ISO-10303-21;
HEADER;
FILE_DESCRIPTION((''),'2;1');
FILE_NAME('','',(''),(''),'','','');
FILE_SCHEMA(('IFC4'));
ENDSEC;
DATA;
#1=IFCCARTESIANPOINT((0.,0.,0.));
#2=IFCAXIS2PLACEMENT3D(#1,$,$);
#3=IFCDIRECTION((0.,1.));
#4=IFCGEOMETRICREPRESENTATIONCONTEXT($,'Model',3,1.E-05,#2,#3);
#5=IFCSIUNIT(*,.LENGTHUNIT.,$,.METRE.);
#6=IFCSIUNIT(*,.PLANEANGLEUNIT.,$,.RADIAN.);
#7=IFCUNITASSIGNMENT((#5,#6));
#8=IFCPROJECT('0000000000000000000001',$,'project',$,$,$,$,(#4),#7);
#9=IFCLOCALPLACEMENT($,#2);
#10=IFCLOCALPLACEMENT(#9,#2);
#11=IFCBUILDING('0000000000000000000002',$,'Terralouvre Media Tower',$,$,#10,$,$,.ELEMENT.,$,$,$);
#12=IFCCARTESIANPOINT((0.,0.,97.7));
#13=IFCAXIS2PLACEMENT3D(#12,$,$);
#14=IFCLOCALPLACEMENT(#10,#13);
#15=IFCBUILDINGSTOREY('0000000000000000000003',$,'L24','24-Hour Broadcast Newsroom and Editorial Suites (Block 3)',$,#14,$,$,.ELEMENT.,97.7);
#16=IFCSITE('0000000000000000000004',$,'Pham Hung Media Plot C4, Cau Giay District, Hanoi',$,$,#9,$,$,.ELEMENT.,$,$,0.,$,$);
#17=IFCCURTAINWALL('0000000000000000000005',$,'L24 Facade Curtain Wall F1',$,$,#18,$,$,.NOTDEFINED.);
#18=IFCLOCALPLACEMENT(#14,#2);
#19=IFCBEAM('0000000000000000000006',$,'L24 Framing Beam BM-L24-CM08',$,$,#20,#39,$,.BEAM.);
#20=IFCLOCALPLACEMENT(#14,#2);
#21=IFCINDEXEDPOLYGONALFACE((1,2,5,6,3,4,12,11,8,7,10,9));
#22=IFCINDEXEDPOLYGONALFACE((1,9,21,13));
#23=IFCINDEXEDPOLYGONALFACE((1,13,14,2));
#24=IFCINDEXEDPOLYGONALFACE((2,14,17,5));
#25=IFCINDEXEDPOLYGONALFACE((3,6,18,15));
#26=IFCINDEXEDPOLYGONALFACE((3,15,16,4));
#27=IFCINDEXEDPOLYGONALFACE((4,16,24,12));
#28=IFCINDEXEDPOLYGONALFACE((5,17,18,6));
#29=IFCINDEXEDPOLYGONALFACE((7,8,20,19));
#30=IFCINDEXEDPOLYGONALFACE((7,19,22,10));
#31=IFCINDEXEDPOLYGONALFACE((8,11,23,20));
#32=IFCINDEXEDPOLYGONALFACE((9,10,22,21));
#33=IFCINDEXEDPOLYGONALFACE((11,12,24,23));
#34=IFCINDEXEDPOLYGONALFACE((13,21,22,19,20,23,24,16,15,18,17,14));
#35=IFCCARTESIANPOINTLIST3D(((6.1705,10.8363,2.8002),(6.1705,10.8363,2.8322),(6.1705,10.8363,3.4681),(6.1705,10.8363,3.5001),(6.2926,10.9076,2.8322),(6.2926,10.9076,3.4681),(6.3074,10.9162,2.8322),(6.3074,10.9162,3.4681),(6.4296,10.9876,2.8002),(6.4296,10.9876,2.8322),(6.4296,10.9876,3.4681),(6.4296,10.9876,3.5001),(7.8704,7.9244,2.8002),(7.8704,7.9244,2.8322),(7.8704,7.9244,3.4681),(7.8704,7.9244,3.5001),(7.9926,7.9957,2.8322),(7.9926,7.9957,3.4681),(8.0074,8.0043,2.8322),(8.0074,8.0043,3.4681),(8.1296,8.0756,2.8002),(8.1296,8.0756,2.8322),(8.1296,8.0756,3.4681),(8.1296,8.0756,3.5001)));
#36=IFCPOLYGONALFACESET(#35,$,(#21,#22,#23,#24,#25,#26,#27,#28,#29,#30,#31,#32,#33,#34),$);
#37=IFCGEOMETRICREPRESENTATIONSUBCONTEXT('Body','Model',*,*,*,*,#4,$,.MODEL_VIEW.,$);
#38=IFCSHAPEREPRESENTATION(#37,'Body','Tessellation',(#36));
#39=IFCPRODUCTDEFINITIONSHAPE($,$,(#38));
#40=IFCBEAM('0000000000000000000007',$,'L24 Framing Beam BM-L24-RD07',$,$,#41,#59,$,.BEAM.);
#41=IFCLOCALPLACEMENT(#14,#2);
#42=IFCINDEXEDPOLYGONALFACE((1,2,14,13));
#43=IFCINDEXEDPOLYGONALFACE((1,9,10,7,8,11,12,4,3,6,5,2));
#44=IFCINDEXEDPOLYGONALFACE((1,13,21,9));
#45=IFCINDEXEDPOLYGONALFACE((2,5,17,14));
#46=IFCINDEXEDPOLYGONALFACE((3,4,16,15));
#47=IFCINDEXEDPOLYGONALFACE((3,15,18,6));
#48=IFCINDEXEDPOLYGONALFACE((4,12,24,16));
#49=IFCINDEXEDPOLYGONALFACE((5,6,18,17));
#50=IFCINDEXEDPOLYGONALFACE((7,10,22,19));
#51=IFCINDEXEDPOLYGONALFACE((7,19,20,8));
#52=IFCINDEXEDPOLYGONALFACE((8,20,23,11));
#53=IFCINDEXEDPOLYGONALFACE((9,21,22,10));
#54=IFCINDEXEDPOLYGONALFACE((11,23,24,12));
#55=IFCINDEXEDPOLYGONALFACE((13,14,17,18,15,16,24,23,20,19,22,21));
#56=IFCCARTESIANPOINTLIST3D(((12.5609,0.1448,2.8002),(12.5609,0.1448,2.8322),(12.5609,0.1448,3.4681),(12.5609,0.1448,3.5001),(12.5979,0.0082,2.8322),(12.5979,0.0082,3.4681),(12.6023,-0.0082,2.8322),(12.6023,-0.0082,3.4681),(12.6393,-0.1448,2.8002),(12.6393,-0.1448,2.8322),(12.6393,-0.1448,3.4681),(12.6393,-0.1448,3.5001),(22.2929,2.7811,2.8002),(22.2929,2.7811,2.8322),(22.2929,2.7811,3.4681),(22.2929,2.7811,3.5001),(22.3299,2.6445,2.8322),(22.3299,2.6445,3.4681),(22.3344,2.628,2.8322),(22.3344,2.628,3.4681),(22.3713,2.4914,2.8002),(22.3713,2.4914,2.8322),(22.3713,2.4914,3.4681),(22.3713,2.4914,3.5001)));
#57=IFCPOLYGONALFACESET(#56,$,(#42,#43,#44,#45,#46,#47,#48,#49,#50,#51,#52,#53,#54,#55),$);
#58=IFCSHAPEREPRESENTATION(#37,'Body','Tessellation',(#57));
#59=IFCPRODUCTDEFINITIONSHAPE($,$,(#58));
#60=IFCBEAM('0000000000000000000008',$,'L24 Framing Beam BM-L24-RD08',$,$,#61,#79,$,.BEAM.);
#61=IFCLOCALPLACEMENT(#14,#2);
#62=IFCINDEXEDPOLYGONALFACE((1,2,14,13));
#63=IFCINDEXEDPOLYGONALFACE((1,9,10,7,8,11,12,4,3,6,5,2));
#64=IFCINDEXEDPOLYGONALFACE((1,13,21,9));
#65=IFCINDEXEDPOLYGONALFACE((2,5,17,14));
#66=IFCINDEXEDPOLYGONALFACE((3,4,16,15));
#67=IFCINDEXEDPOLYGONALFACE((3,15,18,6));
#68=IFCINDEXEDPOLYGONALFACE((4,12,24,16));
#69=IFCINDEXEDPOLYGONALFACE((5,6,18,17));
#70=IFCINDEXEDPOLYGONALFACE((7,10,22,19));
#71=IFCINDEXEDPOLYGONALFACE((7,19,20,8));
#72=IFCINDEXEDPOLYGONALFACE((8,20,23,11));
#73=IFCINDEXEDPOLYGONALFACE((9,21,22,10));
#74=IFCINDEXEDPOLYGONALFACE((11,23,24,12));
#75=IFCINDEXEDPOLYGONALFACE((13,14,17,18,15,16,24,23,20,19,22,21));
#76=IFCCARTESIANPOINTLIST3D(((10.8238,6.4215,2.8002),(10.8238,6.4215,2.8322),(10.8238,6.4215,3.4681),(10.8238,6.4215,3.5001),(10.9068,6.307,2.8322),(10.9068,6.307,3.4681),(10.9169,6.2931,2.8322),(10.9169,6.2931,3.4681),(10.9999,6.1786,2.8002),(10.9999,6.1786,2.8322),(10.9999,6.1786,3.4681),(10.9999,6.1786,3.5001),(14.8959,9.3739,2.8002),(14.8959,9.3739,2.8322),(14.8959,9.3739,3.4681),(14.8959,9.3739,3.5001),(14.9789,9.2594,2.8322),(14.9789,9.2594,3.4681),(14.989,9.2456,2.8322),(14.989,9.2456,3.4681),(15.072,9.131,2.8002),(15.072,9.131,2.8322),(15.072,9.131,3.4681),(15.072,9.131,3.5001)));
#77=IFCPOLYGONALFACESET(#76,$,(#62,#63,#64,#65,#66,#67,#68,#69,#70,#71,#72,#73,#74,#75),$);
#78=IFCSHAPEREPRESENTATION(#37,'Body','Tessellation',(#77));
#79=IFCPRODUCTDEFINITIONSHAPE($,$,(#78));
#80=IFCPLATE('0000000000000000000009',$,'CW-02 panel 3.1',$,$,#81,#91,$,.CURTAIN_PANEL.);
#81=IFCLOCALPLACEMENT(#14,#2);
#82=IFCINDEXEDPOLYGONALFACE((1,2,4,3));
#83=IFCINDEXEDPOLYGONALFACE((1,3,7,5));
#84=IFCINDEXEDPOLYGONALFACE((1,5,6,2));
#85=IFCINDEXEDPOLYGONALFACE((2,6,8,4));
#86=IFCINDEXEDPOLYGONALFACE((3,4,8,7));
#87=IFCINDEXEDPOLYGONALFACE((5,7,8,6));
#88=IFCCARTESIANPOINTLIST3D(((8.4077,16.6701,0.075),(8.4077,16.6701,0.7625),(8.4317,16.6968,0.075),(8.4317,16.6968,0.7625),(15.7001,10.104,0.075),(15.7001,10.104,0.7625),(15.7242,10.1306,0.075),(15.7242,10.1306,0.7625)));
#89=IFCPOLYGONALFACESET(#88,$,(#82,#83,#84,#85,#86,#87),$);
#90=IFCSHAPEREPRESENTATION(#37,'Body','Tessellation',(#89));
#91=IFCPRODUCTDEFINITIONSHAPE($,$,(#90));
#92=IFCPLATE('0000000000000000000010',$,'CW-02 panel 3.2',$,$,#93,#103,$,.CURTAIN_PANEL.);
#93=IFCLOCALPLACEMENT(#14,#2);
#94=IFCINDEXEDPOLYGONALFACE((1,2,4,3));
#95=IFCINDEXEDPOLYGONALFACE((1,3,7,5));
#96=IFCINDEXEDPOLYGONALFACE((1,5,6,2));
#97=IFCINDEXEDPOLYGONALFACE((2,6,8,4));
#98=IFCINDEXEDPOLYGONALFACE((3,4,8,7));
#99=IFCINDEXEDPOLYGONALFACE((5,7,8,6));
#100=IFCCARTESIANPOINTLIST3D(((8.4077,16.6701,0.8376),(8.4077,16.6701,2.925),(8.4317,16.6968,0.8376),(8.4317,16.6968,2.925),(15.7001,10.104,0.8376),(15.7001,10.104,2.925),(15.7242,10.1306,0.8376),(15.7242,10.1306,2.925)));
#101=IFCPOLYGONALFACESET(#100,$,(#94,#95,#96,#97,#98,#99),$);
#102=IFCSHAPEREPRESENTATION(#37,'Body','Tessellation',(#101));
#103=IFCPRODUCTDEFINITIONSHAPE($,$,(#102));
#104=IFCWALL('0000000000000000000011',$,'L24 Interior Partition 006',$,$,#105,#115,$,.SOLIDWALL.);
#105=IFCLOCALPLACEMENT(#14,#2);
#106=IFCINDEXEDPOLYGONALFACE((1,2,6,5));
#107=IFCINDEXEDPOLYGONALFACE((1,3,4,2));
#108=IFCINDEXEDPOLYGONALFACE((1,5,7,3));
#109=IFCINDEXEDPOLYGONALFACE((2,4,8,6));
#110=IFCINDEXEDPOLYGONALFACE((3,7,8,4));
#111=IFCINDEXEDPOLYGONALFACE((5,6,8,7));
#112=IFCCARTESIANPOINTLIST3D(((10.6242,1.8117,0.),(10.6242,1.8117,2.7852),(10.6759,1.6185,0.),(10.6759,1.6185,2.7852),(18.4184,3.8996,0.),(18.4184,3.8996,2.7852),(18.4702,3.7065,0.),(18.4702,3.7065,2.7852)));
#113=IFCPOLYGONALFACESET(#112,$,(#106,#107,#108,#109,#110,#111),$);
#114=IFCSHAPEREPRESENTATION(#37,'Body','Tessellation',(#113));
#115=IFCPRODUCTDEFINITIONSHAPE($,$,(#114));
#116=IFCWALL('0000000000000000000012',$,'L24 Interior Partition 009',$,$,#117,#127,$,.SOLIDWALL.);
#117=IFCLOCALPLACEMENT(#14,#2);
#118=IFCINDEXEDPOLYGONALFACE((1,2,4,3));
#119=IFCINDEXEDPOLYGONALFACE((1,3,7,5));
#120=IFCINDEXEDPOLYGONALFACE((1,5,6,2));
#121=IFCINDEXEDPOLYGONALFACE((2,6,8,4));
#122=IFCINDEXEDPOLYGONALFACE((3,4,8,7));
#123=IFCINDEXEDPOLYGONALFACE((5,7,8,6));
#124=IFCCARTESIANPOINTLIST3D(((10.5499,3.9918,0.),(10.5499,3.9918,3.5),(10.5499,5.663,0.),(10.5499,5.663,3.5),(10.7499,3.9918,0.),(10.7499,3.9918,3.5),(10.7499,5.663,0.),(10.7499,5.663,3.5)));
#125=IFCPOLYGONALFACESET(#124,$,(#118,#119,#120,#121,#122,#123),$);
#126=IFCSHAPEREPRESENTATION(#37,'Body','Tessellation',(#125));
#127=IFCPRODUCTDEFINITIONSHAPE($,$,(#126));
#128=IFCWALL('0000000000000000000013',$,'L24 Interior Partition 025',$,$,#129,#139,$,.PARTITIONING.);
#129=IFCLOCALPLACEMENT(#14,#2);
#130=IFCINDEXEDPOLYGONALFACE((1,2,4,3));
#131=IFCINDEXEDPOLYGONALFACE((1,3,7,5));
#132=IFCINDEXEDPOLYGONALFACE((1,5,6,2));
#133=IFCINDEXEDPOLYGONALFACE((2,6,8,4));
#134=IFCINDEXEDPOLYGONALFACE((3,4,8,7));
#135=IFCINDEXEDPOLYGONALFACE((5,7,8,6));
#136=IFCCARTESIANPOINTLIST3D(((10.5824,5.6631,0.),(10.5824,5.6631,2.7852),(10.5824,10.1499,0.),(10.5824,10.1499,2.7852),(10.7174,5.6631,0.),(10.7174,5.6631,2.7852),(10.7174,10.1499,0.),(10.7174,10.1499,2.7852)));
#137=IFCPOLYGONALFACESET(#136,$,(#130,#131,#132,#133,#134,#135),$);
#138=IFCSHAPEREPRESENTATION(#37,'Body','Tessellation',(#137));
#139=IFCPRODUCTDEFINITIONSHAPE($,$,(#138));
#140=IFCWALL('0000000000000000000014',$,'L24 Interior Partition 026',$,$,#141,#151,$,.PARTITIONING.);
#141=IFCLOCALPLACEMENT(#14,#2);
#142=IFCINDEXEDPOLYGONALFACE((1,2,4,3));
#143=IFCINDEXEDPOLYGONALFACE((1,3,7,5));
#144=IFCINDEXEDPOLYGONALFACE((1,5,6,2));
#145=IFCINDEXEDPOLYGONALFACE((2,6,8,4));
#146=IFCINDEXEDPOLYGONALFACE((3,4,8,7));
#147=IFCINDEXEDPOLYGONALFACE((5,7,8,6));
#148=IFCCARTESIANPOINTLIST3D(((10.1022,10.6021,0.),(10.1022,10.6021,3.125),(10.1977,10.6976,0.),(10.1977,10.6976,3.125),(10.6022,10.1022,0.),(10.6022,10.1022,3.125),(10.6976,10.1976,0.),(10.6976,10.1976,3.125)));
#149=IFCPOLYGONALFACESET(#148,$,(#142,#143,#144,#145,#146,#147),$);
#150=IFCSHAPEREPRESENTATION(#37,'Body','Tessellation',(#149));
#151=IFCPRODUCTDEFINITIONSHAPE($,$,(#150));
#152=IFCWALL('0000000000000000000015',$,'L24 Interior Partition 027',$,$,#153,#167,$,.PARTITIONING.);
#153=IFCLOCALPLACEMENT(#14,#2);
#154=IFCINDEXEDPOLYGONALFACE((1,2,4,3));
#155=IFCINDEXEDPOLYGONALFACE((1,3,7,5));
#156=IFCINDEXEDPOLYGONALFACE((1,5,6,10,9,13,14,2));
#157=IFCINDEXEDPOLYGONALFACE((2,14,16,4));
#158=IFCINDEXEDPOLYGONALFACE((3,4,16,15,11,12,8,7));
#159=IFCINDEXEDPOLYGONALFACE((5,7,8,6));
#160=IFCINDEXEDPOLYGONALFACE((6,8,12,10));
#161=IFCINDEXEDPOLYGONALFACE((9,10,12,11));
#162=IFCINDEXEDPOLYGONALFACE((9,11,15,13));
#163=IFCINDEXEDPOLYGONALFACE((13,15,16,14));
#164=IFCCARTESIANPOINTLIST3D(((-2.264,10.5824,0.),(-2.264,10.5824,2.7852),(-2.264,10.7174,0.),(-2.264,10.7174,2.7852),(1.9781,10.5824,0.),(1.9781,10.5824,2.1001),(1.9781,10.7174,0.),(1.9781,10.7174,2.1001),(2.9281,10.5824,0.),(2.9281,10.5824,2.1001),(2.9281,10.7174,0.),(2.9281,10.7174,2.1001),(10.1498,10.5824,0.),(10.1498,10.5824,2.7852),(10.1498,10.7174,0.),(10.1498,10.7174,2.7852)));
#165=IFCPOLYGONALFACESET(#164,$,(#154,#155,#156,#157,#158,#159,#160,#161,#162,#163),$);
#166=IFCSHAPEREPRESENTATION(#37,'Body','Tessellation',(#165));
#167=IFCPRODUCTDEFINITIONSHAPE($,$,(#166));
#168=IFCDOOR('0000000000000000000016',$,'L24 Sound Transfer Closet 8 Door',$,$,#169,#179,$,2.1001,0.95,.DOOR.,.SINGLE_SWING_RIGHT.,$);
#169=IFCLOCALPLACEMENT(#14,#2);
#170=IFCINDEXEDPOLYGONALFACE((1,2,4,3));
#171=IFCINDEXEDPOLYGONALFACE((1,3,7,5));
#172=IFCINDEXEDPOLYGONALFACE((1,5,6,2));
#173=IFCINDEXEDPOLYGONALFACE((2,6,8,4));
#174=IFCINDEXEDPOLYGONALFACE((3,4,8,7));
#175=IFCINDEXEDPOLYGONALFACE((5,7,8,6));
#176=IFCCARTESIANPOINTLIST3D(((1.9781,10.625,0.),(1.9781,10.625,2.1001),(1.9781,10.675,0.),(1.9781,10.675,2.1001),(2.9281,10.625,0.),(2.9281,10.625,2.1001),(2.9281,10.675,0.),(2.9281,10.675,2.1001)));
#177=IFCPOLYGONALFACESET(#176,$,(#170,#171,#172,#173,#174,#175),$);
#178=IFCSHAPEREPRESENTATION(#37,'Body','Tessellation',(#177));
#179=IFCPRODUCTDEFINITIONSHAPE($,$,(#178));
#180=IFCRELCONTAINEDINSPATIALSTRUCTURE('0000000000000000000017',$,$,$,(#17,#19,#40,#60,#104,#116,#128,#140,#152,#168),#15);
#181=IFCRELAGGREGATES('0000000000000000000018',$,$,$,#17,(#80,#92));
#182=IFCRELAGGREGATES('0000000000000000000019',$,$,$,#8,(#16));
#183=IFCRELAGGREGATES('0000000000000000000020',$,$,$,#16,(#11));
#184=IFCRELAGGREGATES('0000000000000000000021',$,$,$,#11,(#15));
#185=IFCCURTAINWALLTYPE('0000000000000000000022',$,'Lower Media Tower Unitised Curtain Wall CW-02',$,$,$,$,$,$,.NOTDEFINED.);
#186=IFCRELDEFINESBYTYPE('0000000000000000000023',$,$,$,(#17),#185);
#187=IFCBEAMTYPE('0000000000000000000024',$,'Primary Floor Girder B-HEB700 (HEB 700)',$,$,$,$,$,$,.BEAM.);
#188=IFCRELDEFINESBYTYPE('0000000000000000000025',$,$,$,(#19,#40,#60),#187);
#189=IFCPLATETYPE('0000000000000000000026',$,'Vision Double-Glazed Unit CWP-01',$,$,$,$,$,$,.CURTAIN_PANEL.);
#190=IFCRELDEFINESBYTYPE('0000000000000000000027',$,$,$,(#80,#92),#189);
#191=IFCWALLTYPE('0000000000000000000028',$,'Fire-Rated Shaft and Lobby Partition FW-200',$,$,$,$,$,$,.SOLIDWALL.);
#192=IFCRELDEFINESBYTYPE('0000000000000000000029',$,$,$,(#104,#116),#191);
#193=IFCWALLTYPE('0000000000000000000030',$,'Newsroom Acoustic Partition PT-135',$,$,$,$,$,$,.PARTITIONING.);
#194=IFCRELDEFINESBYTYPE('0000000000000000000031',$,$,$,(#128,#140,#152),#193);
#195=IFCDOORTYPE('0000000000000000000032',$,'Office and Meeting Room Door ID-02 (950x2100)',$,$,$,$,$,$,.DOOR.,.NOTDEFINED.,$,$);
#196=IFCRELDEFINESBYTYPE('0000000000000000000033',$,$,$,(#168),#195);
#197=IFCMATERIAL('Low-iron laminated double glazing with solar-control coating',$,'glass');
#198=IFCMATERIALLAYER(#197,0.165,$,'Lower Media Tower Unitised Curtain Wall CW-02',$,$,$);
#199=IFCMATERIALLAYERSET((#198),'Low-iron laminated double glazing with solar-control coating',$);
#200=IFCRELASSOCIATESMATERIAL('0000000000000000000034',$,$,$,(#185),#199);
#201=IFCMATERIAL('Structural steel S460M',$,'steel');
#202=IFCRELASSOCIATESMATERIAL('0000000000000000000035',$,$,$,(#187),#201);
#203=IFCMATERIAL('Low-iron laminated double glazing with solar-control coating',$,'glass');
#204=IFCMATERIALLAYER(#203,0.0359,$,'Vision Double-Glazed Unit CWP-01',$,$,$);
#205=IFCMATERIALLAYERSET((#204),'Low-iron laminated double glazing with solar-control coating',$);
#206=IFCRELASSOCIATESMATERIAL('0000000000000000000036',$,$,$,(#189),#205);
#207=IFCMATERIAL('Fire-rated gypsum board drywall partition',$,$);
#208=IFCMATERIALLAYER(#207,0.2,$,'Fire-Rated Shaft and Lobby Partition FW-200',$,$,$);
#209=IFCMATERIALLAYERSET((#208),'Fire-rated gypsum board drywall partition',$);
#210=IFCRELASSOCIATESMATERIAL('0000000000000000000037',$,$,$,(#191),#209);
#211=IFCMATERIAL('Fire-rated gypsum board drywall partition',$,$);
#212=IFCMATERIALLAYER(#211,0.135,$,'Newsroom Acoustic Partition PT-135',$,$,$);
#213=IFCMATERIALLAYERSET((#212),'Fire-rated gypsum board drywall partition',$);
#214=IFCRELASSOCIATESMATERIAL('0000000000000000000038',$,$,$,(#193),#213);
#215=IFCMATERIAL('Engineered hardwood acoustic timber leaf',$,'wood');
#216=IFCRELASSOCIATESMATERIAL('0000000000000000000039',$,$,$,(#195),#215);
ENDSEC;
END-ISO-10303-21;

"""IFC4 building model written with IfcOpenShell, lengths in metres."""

from ifc_helpers import new_model, si_unit, direction, frame, frame_2d, origin, origin_2d, place, context, subcontext, project, spatial, rectangle, i_section, extrude, material, layer, layer_set, material_profile, profile_set, type_object, element, fill, aggregate, save


model = new_model("IFC4")

# Units and contexts
model_context = context("Model", 3, precision=1e-05, world=origin(), true_north=direction((0.0, 1.0)))
body_context = subcontext(model_context, "Body", "Model", "MODEL_VIEW")
ifc_project = project(units=[si_unit("LENGTHUNIT", "METRE"), si_unit("PLANEANGLEUNIT", "RADIAN")], contexts=[model_context])

# Site, building, storey
site_placement = place(None, origin())
site = spatial("IfcSite", under=ifc_project, at=site_placement, Name="Pham Hung Media Plot C4, Cau Giay District, Hanoi", CompositionType="ELEMENT", RefElevation=0.0)
building_placement = place(site_placement, origin())
building = spatial("IfcBuilding", under=site, at=building_placement, Name="Terralouvre Media Tower", CompositionType="ELEMENT")
storey_placement = place(building_placement, frame((0.0, 0.0, 97.7)))
storey = spatial("IfcBuildingStorey", under=building, at=storey_placement, Name="L24", Description="24-Hour Broadcast Newsroom and Editorial Suites (Block 3)", CompositionType="ELEMENT", Elevation=97.7)

# Curtain wall
ifc_material_1 = material(Name="Low-iron laminated double glazing with solar-control coating", Category="glass")
ifc_layer_1 = layer(ifc_material_1, 0.165, Name="Lower Media Tower Unitised Curtain Wall CW-02")
ifc_layer_set_1 = layer_set([ifc_layer_1], Name="Low-iron laminated double glazing with solar-control coating")
curtain_wall_type = type_object("IfcCurtainWallType", Name="Lower Media Tower Unitised Curtain Wall CW-02", PredefinedType="NOTDEFINED", material=ifc_layer_set_1)
curtain_wall_placement = place(storey_placement, origin())
curtain_wall = element("IfcCurtainWall", 1, at=curtain_wall_placement, inside=storey, type_object=curtain_wall_type, Name="L24 Facade Curtain Wall F1", PredefinedType="NOTDEFINED")

# Beams
ifc_material_2 = material(Name="Structural steel S460M", Category="steel")
ifc_material_profile_1 = material_profile(ifc_material_2, i_section(OverallWidth=0.3, OverallDepth=0.7, WebThickness=0.0171, FlangeThickness=0.032, at=origin_2d()), Name="HEB 700")
ifc_profile_set_1 = profile_set([ifc_material_profile_1], Name="Structural steel S460M")
beam_type_1 = type_object("IfcBeamType", Name="Primary Floor Girder B-HEB700 (HEB 700)", PredefinedType="BEAM", material=ifc_profile_set_1)
for number, where, z_axis, x_axis, name in (
    (2, (8.0, 8.0, 3.1501), (-0.504173, 0.863603, 0.0), (-0.863603, -0.504173, 0.0), "L24 Framing Beam BM-L24-CM08"),
):
    element("IfcBeam", number, at=place(storey_placement, frame(where, z_axis=z_axis, x_axis=x_axis)), inside=storey, type_object=beam_type_1, Name=name, PredefinedType="BEAM", context=body_context, shape_type="SweptSolid", body=[
        extrude(i_section(OverallWidth=0.3, OverallDepth=0.7, WebThickness=0.0171, FlangeThickness=0.032, at=origin_2d()), origin(), (0.0, 0.0, 1.0), 3.3718),
    ])
beam_1_placement = place(storey_placement, frame((12.6001, 0.0, 3.1501), z_axis=(0.965214, 0.261462, 0.0), x_axis=(-0.261462, 0.965214, 0.0)))
element("IfcBeam", 3, at=beam_1_placement, inside=storey, type_object=beam_type_1, Name="L24 Framing Beam BM-L24-RD07", PredefinedType="BEAM", context=body_context, shape_type="SweptSolid", body=[
    extrude(i_section(OverallWidth=0.3, OverallDepth=0.7, WebThickness=0.0171, FlangeThickness=0.032, at=origin_2d()), origin(), (0.0, 0.0, 1.0), 10.0828),
])
beam_2_placement = place(storey_placement, frame((10.9119, 6.3, 3.1501), z_axis=(0.809594, 0.586991, 0.0), x_axis=(-0.586991, 0.809594, 0.0)))
element("IfcBeam", 4, at=beam_2_placement, inside=storey, type_object=beam_type_1, Name="L24 Framing Beam BM-L24-RD08", PredefinedType="BEAM", context=body_context, shape_type="SweptSolid", body=[
    extrude(i_section(OverallWidth=0.3, OverallDepth=0.7, WebThickness=0.0171, FlangeThickness=0.032, at=origin_2d()), origin(), (0.0, 0.0, 1.0), 5.0298),
])

# Plates
ifc_material_3 = material(Name="Low-iron laminated double glazing with solar-control coating", Category="glass")
ifc_layer_2 = layer(ifc_material_3, 0.0359, Name="Vision Double-Glazed Unit CWP-01")
ifc_layer_set_2 = layer_set([ifc_layer_2], Name="Low-iron laminated double glazing with solar-control coating")
plate_type = type_object("IfcPlateType", Name="Vision Double-Glazed Unit CWP-01", PredefinedType="CURTAIN_PANEL", material=ifc_layer_set_2)
plate_1_placement = place(storey_placement, frame((12.0659, 13.4004, 0.075), z_axis=(0.0, 0.0, 1.0), x_axis=(-0.743145, 0.669131, 0.0)))
plate_1 = element("IfcPlate", 5, at=plate_1_placement, type_object=plate_type, Name="CW-02 panel 3.1", PredefinedType="CURTAIN_PANEL", context=body_context, shape_type="SweptSolid", body=[
    extrude(rectangle(XDim=9.813, YDim=0.0359, at=origin_2d()), origin(), (0.0, 0.0, 1.0), 0.6875),
])
plate_2_placement = place(storey_placement, frame((12.0659, 13.4004, 0.8376), z_axis=(0.0, 0.0, 1.0), x_axis=(-0.743145, 0.669131, 0.0)))
plate_2 = element("IfcPlate", 6, at=plate_2_placement, type_object=plate_type, Name="CW-02 panel 3.2", PredefinedType="CURTAIN_PANEL", context=body_context, shape_type="SweptSolid", body=[
    extrude(rectangle(XDim=9.813, YDim=0.0359, at=origin_2d()), origin(), (0.0, 0.0, 1.0), 2.0874),
])
aggregate(curtain_wall, [plate_1, plate_2])

# Walls
ifc_material_4 = material(Name="Fire-rated gypsum board drywall partition")
ifc_layer_3 = layer(ifc_material_4, 0.2, Name="Fire-Rated Shaft and Lobby Partition FW-200")
ifc_layer_set_3 = layer_set([ifc_layer_3], Name="Fire-rated gypsum board drywall partition")
wall_type_1 = type_object("IfcWallType", Name="Fire-Rated Shaft and Lobby Partition FW-200", PredefinedType="SOLIDWALL", material=ifc_layer_set_3)
wall_1_placement = place(storey_placement, frame((10.6499, 1.7151, 0.0), z_axis=(0.0, 0.0, 1.0), x_axis=(0.965943, 0.258755, 0.0)))
element("IfcWall", 7, at=wall_1_placement, inside=storey, type_object=wall_type_1, Name="L24 Interior Partition 006", PredefinedType="SOLIDWALL", context=body_context, shape_type="SweptSolid", body=[
    extrude(rectangle(XDim=8.0691, YDim=0.2, at=frame_2d((4.0347, 0.0))), origin(), (0.0, 0.0, 1.0), 2.7852),
])
wall_2_placement = place(storey_placement, frame((10.6499, 3.9919, 0.0), z_axis=(0.0, 0.0, 1.0), x_axis=(0.0, 1.0, 0.0)))
element("IfcWall", 8, at=wall_2_placement, inside=storey, type_object=wall_type_1, Name="L24 Interior Partition 009", PredefinedType="SOLIDWALL", context=body_context, shape_type="SweptSolid", body=[
    extrude(rectangle(XDim=1.6711, YDim=0.2, at=frame_2d((0.8354, 0.0))), origin(), (0.0, 0.0, 1.0), 3.5),
])
ifc_material_5 = material(Name="Fire-rated gypsum board drywall partition")
ifc_layer_4 = layer(ifc_material_5, 0.135, Name="Newsroom Acoustic Partition PT-135")
ifc_layer_set_4 = layer_set([ifc_layer_4], Name="Fire-rated gypsum board drywall partition")
wall_type_2 = type_object("IfcWallType", Name="Newsroom Acoustic Partition PT-135", PredefinedType="PARTITIONING", material=ifc_layer_set_4)
wall_3_placement = place(storey_placement, frame((10.6499, 5.6631, 0.0), z_axis=(0.0, 0.0, 1.0), x_axis=(0.0, 1.0, 0.0)))
element("IfcWall", 9, at=wall_3_placement, inside=storey, type_object=wall_type_2, Name="L24 Interior Partition 025", PredefinedType="PARTITIONING", context=body_context, shape_type="SweptSolid", body=[
    extrude(rectangle(XDim=4.4868, YDim=0.135, at=frame_2d((2.2434, 0.0))), origin(), (0.0, 0.0, 1.0), 2.7852),
])
wall_4_placement = place(storey_placement, frame((10.6499, 10.1499, 0.0), z_axis=(0.0, 0.0, 1.0), x_axis=(-0.707107, 0.707107, 0.0)))
element("IfcWall", 10, at=wall_4_placement, inside=storey, type_object=wall_type_2, Name="L24 Interior Partition 026", PredefinedType="PARTITIONING", context=body_context, shape_type="SweptSolid", body=[
    extrude(rectangle(XDim=0.707, YDim=0.135, at=frame_2d((0.3535, 0.0))), origin(), (0.0, 0.0, 1.0), 3.125),
])

# Wall, opening, door
wall_5_placement = place(storey_placement, frame((10.1499, 10.6499, 0.0), z_axis=(0.0, 0.0, 1.0), x_axis=(-1.0, 0.0, 0.0)))
wall_5 = element("IfcWall", 11, at=wall_5_placement, inside=storey, type_object=wall_type_2, Name="L24 Interior Partition 027", PredefinedType="PARTITIONING", context=body_context, shape_type="SweptSolid", body=[
    extrude(rectangle(XDim=12.4138, YDim=0.135, at=frame_2d((6.207, 0.0))), origin(), (0.0, 0.0, 1.0), 2.7852),
])
opening_placement = place(wall_5_placement, frame((7.2217, 0.0, 0.0)))
opening = element("IfcOpeningElement", 12, at=opening_placement, cuts=wall_5, PredefinedType="OPENING", context=body_context, shape_type="SweptSolid", body=[
    extrude(rectangle(XDim=0.95, YDim=2.1001, at=frame_2d((0.4751, 1.05))), frame((0.0, 0.0774, 0.0), z_axis=(0.0, -1.0, 0.0), x_axis=(1.0, 0.0, 0.0)), (0.0, 0.0, 1.0), 0.155),
])
ifc_material_6 = material(Name="Engineered hardwood acoustic timber leaf", Category="wood")
door_type = type_object("IfcDoorType", Name="Office and Meeting Room Door ID-02 (950x2100)", OperationType="NOTDEFINED", PredefinedType="DOOR", material=ifc_material_6)
door_placement = place(opening_placement, origin())
door = element("IfcDoor", 13, at=door_placement, inside=storey, type_object=door_type, Name="L24 Sound Transfer Closet 8 Door", OperationType="SINGLE_SWING_RIGHT", OverallHeight=2.1001, OverallWidth=0.95, PredefinedType="DOOR", context=body_context, shape_type="SweptSolid", body=[
    extrude(rectangle(XDim=0.95, YDim=2.1001, at=frame_2d((0.4751, 1.05))), frame((0.0, 0.0249, 0.0), z_axis=(0.0, -1.0, 0.0), x_axis=(1.0, 0.0, 0.0)), (0.0, 0.0, 1.0), 0.05),
])
fill(opening, door)

save(model, "model.ifc")
